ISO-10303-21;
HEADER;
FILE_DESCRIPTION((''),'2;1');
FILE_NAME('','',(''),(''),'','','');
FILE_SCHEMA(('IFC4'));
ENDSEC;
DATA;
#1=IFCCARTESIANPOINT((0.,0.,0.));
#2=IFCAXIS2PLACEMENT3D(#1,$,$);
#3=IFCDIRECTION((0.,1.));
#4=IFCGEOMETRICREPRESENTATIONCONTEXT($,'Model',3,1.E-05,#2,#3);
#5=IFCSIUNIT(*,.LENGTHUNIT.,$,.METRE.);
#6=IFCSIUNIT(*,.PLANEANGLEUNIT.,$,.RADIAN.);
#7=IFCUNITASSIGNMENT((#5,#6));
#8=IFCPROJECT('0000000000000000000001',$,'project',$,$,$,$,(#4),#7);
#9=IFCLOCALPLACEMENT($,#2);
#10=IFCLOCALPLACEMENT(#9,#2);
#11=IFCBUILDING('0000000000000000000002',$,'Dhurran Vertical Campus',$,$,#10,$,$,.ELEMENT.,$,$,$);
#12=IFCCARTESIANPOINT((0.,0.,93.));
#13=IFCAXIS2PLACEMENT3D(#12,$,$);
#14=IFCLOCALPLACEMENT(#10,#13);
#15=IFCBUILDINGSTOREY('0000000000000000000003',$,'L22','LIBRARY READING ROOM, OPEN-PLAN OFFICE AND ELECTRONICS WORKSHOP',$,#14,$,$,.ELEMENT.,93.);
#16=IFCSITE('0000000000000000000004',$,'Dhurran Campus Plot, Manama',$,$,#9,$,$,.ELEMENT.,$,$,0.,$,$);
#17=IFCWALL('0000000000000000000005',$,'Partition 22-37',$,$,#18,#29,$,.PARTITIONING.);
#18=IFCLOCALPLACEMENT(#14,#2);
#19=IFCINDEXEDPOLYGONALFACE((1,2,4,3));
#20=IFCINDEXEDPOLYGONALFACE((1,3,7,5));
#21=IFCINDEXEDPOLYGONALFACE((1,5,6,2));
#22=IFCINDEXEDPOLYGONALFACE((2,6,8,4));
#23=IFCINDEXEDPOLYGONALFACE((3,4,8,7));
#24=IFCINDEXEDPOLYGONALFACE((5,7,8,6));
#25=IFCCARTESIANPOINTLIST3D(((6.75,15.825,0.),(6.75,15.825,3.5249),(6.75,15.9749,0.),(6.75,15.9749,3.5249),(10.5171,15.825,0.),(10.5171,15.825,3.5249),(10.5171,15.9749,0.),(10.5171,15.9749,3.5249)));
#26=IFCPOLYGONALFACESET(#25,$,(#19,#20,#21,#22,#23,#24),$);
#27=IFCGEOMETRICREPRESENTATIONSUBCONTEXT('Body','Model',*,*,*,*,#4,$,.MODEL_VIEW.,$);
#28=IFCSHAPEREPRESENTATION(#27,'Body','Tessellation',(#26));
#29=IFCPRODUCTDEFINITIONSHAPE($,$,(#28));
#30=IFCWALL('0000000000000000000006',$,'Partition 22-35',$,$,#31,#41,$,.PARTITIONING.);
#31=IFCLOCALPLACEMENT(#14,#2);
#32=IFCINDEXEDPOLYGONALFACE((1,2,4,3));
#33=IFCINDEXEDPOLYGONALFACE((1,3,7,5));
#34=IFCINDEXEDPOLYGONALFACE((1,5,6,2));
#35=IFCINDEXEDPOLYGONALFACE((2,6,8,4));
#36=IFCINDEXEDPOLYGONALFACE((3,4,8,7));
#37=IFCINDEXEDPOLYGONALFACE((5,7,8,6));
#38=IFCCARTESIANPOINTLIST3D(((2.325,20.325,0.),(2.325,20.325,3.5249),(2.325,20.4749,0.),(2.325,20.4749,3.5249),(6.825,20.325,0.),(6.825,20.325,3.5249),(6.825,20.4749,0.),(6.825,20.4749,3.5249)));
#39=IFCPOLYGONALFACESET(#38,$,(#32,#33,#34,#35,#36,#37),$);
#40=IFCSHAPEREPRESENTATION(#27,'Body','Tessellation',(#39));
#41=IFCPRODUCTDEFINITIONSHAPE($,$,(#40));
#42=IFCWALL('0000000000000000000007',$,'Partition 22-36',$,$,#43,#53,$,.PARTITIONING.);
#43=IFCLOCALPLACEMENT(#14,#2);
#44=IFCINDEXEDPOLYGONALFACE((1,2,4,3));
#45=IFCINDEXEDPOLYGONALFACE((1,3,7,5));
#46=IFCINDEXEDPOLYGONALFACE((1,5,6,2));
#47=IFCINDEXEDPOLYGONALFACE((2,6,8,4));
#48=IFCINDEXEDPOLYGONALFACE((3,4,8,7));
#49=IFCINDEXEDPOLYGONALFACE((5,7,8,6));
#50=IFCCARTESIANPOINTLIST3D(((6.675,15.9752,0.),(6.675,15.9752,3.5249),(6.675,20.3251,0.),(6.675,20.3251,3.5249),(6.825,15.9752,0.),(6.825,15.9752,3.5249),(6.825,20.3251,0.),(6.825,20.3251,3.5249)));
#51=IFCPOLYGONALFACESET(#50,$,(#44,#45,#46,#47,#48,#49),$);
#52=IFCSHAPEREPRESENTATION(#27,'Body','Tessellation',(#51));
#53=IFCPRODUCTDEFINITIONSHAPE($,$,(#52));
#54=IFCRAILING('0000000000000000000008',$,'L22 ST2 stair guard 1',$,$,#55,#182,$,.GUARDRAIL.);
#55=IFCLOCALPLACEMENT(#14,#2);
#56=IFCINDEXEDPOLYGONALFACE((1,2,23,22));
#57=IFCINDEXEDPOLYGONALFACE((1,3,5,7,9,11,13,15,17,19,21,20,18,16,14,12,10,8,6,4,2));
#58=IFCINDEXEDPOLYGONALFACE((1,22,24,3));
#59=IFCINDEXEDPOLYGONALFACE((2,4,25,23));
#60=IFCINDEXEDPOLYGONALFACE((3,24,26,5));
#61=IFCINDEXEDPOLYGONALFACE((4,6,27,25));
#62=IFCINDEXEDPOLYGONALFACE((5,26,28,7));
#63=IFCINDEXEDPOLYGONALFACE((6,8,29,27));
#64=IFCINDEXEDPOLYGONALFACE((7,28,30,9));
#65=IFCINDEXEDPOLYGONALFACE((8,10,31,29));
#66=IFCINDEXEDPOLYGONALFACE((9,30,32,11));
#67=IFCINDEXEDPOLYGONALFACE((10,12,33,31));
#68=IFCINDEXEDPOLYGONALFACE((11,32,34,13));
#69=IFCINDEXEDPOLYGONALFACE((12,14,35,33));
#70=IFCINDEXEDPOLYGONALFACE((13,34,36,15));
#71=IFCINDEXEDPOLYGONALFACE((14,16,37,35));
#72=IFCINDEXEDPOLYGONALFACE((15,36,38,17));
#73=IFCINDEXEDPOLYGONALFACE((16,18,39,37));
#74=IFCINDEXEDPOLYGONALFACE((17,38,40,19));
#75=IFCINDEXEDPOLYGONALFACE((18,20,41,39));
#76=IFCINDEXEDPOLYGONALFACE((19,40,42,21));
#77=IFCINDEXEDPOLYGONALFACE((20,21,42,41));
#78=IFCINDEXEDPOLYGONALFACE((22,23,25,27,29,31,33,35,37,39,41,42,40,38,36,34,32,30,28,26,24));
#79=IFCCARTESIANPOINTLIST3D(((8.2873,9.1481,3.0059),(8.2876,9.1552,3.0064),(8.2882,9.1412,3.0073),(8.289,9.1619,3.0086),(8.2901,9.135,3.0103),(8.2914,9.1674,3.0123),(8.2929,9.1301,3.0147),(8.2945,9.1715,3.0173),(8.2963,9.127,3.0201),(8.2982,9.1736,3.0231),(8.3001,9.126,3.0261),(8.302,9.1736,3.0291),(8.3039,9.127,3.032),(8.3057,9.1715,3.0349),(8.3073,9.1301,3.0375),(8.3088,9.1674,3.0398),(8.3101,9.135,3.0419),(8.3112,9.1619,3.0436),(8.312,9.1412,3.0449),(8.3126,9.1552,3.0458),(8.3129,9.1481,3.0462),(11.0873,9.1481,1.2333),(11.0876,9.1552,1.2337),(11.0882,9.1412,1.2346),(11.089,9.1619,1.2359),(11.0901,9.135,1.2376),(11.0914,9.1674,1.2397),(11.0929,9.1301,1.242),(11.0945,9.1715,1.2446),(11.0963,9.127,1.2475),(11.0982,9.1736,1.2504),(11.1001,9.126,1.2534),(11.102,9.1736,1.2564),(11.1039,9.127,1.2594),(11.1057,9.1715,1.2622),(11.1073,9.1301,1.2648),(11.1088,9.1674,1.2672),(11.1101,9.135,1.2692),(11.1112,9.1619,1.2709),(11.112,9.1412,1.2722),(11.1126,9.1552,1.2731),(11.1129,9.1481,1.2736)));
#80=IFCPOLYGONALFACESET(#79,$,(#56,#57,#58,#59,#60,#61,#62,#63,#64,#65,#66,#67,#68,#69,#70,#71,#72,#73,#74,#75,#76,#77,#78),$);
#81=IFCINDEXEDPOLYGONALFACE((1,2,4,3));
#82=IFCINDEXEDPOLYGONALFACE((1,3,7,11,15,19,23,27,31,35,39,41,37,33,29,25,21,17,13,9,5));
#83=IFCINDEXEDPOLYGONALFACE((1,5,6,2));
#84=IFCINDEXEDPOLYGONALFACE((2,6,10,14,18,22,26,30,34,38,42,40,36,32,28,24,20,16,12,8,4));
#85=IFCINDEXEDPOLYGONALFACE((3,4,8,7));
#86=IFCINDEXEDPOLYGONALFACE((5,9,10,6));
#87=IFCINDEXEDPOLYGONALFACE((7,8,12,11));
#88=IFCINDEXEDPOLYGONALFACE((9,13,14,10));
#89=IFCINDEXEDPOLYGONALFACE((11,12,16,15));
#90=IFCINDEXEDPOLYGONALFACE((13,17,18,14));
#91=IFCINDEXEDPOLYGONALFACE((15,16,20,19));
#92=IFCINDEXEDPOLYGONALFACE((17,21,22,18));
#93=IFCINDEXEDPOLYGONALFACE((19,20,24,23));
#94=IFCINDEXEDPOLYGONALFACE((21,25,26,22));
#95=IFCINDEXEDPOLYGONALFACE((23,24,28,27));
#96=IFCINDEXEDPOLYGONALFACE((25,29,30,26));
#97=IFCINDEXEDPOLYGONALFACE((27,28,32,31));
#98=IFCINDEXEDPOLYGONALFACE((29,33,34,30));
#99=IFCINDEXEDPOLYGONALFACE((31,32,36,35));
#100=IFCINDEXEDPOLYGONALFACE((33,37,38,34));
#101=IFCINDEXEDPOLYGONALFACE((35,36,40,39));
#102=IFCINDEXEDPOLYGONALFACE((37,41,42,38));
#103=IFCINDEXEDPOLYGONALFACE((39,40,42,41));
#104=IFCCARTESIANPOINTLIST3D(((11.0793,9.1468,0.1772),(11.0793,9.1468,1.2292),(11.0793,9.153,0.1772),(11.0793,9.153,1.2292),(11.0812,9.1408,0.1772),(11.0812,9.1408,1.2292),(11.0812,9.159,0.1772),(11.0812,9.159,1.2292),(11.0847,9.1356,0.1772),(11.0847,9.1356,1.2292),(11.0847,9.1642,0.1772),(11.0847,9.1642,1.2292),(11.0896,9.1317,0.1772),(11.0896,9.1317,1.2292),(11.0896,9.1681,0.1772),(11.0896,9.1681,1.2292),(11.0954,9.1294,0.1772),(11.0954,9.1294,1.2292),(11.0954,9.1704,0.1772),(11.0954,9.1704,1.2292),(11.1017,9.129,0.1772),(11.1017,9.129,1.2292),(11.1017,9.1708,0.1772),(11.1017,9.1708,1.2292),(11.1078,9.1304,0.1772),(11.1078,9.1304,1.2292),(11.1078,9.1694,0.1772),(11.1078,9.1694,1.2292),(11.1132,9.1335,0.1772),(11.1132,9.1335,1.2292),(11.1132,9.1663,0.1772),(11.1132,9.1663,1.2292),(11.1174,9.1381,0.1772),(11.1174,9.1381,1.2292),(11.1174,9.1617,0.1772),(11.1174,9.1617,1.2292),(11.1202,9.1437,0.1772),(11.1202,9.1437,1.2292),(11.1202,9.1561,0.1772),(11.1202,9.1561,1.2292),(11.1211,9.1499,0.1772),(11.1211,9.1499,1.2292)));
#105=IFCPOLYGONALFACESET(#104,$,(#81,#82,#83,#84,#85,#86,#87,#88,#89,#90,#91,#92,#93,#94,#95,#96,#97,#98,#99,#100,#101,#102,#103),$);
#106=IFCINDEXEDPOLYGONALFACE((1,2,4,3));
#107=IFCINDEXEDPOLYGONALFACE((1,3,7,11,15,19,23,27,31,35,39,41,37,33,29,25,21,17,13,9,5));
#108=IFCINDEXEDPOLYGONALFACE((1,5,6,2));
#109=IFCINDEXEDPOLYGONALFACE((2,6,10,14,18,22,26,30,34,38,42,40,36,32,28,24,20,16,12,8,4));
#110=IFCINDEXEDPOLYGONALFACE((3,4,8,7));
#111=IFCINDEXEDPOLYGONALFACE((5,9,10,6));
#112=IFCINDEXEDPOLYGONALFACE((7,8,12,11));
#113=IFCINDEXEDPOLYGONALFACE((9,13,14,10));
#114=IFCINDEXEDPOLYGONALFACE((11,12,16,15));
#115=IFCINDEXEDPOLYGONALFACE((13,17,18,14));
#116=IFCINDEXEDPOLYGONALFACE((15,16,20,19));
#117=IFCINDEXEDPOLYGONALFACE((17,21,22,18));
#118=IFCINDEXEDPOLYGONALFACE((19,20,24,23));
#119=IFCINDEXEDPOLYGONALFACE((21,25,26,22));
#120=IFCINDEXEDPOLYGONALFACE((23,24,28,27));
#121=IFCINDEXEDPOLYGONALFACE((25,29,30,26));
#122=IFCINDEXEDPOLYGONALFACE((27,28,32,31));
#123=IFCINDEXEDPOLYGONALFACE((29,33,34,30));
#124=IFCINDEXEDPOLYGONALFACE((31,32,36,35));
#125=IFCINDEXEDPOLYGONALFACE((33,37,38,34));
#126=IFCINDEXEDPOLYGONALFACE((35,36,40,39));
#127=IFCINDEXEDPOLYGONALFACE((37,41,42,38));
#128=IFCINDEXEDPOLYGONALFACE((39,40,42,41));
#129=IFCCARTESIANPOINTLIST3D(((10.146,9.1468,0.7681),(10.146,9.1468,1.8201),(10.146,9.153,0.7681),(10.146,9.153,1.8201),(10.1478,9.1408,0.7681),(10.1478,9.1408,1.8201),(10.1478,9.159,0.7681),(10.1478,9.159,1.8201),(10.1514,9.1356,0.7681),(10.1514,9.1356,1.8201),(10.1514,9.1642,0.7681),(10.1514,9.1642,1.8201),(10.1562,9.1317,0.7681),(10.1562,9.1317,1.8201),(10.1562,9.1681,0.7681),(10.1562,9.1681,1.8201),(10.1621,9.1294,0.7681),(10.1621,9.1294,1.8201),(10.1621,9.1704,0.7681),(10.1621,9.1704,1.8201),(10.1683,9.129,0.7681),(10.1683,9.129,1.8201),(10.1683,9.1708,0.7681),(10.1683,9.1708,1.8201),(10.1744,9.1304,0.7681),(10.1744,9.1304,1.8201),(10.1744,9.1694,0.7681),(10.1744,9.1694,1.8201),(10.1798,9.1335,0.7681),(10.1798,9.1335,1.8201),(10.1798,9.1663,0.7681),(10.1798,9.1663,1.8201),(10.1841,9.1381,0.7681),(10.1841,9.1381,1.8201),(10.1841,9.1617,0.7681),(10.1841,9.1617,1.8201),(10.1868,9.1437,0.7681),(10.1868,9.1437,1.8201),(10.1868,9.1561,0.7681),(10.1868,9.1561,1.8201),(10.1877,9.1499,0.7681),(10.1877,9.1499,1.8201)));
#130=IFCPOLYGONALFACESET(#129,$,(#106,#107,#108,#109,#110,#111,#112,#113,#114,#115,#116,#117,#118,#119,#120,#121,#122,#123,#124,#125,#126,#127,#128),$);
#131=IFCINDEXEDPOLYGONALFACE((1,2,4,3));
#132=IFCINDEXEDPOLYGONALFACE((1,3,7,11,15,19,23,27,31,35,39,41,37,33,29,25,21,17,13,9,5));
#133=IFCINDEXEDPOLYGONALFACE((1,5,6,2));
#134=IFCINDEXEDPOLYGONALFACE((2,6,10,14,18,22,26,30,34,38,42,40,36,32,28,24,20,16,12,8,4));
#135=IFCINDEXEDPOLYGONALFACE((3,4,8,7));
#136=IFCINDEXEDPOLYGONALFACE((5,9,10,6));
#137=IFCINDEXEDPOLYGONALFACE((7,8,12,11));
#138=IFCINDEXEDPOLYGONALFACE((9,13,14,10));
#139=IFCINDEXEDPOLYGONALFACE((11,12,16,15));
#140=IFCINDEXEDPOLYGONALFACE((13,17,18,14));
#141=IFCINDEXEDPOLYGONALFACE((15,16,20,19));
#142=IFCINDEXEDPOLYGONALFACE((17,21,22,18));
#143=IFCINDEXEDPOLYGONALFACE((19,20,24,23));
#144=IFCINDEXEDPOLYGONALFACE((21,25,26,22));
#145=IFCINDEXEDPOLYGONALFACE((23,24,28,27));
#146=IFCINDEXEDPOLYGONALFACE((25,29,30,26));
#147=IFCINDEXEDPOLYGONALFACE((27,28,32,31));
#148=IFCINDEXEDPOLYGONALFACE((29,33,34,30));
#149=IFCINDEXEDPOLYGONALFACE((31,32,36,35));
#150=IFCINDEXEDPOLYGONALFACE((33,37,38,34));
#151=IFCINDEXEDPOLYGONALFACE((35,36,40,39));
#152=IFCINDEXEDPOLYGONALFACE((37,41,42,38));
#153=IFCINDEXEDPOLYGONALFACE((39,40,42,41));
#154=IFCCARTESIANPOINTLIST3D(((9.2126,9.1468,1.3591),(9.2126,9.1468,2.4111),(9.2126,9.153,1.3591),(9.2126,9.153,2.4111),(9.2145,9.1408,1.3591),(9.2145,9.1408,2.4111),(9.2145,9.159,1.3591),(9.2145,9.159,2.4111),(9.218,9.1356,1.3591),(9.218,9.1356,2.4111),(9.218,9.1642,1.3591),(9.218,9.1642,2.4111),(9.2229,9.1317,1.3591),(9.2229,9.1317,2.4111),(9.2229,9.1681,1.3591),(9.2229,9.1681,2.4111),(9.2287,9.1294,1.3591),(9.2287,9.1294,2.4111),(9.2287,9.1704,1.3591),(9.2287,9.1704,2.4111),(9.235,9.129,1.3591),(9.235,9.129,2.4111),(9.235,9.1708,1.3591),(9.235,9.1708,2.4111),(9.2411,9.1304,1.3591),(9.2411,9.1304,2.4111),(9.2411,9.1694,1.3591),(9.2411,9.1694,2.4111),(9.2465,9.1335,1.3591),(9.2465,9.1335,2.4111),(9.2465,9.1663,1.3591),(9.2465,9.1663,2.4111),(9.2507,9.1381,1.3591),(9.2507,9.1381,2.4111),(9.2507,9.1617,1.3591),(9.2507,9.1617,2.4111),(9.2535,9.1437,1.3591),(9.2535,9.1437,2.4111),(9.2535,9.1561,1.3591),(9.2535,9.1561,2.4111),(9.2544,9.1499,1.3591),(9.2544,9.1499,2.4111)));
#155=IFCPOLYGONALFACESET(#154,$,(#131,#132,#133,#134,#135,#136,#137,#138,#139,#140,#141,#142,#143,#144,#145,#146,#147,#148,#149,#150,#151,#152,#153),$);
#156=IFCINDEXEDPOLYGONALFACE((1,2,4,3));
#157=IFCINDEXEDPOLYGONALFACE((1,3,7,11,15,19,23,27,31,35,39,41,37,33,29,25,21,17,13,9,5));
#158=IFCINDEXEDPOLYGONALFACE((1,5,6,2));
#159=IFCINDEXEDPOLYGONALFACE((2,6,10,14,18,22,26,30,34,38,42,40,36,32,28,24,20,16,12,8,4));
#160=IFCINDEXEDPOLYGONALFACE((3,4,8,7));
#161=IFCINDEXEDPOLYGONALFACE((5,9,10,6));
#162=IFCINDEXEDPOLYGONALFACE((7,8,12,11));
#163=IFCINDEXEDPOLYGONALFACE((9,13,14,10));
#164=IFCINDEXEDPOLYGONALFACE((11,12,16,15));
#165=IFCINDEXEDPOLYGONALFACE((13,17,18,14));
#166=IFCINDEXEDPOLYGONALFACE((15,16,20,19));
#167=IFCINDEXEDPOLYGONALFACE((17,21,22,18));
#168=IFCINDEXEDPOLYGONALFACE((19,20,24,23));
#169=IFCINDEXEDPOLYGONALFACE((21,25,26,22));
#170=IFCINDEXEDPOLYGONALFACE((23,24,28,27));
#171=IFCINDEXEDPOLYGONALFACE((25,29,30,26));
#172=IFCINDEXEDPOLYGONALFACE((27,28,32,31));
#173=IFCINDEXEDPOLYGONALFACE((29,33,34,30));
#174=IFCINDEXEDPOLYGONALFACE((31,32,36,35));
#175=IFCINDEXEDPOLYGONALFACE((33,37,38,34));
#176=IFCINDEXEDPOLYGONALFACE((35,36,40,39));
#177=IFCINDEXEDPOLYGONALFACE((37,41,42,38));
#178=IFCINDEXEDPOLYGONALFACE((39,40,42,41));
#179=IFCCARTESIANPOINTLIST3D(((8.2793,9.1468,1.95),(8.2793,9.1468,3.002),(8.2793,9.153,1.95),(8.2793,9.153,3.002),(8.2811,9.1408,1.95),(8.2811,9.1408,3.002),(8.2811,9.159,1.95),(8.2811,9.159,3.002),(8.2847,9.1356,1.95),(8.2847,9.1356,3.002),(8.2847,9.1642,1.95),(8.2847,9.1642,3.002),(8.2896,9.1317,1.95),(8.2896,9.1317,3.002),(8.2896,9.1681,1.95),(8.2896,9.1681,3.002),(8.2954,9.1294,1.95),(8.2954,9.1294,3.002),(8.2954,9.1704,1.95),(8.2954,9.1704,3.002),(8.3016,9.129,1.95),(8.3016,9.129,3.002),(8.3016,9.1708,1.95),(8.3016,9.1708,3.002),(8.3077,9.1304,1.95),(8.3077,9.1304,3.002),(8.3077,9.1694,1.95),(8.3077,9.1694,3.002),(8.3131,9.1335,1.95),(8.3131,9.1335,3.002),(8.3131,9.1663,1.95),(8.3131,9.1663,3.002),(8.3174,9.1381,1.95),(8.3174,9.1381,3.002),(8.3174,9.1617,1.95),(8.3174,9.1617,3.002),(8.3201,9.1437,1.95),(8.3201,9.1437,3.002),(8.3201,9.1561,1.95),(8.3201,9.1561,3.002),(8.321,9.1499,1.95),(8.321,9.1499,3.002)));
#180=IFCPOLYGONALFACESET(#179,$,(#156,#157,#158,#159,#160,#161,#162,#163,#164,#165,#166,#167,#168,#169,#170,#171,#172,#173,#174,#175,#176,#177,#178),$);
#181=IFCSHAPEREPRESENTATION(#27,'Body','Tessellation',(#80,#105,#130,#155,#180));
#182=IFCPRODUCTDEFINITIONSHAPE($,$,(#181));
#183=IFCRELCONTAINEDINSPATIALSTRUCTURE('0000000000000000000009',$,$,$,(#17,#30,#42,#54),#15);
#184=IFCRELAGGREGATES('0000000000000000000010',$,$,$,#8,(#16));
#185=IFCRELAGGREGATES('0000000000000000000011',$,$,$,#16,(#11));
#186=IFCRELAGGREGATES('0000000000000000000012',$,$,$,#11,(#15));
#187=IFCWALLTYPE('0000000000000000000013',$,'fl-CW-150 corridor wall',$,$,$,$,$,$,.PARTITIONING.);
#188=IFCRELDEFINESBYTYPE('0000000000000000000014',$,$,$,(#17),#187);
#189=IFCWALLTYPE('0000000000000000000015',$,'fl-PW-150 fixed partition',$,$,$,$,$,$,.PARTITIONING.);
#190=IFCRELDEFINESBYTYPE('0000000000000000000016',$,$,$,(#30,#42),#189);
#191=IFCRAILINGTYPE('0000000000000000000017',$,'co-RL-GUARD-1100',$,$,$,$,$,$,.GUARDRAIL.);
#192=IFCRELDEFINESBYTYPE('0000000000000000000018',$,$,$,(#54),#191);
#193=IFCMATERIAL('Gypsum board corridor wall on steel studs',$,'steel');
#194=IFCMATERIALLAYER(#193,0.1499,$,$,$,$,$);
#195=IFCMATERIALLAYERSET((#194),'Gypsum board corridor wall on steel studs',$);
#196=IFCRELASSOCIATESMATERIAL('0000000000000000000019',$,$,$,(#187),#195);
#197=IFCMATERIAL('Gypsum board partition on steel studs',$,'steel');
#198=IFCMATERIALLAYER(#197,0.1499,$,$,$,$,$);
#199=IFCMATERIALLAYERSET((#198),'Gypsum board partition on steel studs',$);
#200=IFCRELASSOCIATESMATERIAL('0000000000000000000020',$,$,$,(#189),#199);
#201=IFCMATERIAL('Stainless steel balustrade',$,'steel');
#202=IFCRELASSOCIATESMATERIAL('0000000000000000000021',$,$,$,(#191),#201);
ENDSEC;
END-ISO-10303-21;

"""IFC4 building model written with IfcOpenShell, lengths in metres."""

from ifc_helpers import new_model, si_unit, direction, frame, frame_2d, origin, origin_2d, place, context, subcontext, project, spatial, rectangle, circle, extrude, material, layer, layer_set, type_object, element, save


model = new_model("IFC4")

# Units and contexts
model_context = context("Model", 3, precision=1e-05, world=origin(), true_north=direction((0.0, 1.0)))
body_context = subcontext(model_context, "Body", "Model", "MODEL_VIEW")
ifc_project = project(units=[si_unit("LENGTHUNIT", "METRE"), si_unit("PLANEANGLEUNIT", "RADIAN")], contexts=[model_context])

# Site, building, storey
site_placement = place(None, origin())
site = spatial("IfcSite", under=ifc_project, at=site_placement, Name="Dhurran Campus Plot, Manama", CompositionType="ELEMENT", RefElevation=0.0)
building_placement = place(site_placement, origin())
building = spatial("IfcBuilding", under=site, at=building_placement, Name="Dhurran Vertical Campus", CompositionType="ELEMENT")
storey_placement = place(building_placement, frame((0.0, 0.0, 93.0)))
storey = spatial("IfcBuildingStorey", under=building, at=storey_placement, Name="L22", Description="LIBRARY READING ROOM, OPEN-PLAN OFFICE AND ELECTRONICS WORKSHOP", CompositionType="ELEMENT", Elevation=93.0)

# Shared definitions
ifc_material_1 = material(Name="Gypsum board corridor wall on steel studs", Category="steel")
ifc_layer_1 = layer(ifc_material_1, 0.1499)
ifc_layer_set_1 = layer_set([ifc_layer_1], Name="Gypsum board corridor wall on steel studs")
wall_type_1 = type_object("IfcWallType", Name="fl-CW-150 corridor wall", PredefinedType="PARTITIONING", material=ifc_layer_set_1)

# Walls
wall_1_placement = place(storey_placement, frame((10.5171, 15.8999, 0.0), z_axis=(0.0, 0.0, 1.0), x_axis=(-1.0, 0.0, 0.0)))
element("IfcWall", 1, at=wall_1_placement, inside=storey, type_object=wall_type_1, Name="Partition 22-37", PredefinedType="PARTITIONING", context=body_context, shape_type="SweptSolid", body=[
    extrude(rectangle(XDim=3.7671, YDim=0.1499, at=frame_2d((1.8835, 0.0))), origin(), (0.0, 0.0, 1.0), 3.5249),
])
ifc_material_2 = material(Name="Gypsum board partition on steel studs", Category="steel")
ifc_layer_2 = layer(ifc_material_2, 0.1499)
ifc_layer_set_2 = layer_set([ifc_layer_2], Name="Gypsum board partition on steel studs")
wall_type_2 = type_object("IfcWallType", Name="fl-PW-150 fixed partition", PredefinedType="PARTITIONING", material=ifc_layer_set_2)
wall_2_placement = place(storey_placement, frame((2.325, 20.3999, 0.0), z_axis=(0.0, 0.0, 1.0), x_axis=(1.0, 0.0, 0.0)))
element("IfcWall", 2, at=wall_2_placement, inside=storey, type_object=wall_type_2, Name="Partition 22-35", PredefinedType="PARTITIONING", context=body_context, shape_type="SweptSolid", body=[
    extrude(rectangle(XDim=4.5, YDim=0.1499, at=frame_2d((2.25, 0.0))), origin(), (0.0, 0.0, 1.0), 3.5249),
])
wall_3_placement = place(storey_placement, frame((6.75, 20.325, 0.0), z_axis=(0.0, 0.0, 1.0), x_axis=(0.0, -1.0, 0.0)))
element("IfcWall", 3, at=wall_3_placement, inside=storey, type_object=wall_type_2, Name="Partition 22-36", PredefinedType="PARTITIONING", context=body_context, shape_type="SweptSolid", body=[
    extrude(rectangle(XDim=4.3499, YDim=0.1499, at=frame_2d((2.1748, 0.0))), origin(), (0.0, 0.0, 1.0), 3.5249),
])

# Railing
ifc_material_3 = material(Name="Stainless steel balustrade", Category="steel")
railing_type = type_object("IfcRailingType", Name="co-RL-GUARD-1100", PredefinedType="GUARDRAIL", material=ifc_material_3)
railing_1_placement = place(storey_placement, frame((11.1001, 9.1499, 0.1772)))
element("IfcRailing", 4, at=railing_1_placement, inside=storey, type_object=railing_type, Name="L22 ST2 stair guard 1", PredefinedType="GUARDRAIL", context=body_context, shape_type="SweptSolid", body=[
    extrude(circle(Radius=0.0239, at=origin_2d()), frame((0.0, 0.0, 1.0762), z_axis=(-0.844909, 0.0, 0.53491), x_axis=(0.0, -1.0, 0.0)), (0.0, 0.0, 1.0), 3.314),
    extrude(circle(Radius=0.021, at=origin_2d()), origin(), (0.0, 0.0, 1.0), 1.052),
    extrude(circle(Radius=0.021, at=origin_2d()), frame((-0.9333, 0.0, 0.5908)), (0.0, 0.0, 1.0), 1.052),
    extrude(circle(Radius=0.021, at=origin_2d()), frame((-1.8667, 0.0, 1.1819)), (0.0, 0.0, 1.0), 1.052),
    extrude(circle(Radius=0.021, at=origin_2d()), frame((-2.8, 0.0, 1.7727)), (0.0, 0.0, 1.0), 1.052),
])

save(model, "model.ifc")
